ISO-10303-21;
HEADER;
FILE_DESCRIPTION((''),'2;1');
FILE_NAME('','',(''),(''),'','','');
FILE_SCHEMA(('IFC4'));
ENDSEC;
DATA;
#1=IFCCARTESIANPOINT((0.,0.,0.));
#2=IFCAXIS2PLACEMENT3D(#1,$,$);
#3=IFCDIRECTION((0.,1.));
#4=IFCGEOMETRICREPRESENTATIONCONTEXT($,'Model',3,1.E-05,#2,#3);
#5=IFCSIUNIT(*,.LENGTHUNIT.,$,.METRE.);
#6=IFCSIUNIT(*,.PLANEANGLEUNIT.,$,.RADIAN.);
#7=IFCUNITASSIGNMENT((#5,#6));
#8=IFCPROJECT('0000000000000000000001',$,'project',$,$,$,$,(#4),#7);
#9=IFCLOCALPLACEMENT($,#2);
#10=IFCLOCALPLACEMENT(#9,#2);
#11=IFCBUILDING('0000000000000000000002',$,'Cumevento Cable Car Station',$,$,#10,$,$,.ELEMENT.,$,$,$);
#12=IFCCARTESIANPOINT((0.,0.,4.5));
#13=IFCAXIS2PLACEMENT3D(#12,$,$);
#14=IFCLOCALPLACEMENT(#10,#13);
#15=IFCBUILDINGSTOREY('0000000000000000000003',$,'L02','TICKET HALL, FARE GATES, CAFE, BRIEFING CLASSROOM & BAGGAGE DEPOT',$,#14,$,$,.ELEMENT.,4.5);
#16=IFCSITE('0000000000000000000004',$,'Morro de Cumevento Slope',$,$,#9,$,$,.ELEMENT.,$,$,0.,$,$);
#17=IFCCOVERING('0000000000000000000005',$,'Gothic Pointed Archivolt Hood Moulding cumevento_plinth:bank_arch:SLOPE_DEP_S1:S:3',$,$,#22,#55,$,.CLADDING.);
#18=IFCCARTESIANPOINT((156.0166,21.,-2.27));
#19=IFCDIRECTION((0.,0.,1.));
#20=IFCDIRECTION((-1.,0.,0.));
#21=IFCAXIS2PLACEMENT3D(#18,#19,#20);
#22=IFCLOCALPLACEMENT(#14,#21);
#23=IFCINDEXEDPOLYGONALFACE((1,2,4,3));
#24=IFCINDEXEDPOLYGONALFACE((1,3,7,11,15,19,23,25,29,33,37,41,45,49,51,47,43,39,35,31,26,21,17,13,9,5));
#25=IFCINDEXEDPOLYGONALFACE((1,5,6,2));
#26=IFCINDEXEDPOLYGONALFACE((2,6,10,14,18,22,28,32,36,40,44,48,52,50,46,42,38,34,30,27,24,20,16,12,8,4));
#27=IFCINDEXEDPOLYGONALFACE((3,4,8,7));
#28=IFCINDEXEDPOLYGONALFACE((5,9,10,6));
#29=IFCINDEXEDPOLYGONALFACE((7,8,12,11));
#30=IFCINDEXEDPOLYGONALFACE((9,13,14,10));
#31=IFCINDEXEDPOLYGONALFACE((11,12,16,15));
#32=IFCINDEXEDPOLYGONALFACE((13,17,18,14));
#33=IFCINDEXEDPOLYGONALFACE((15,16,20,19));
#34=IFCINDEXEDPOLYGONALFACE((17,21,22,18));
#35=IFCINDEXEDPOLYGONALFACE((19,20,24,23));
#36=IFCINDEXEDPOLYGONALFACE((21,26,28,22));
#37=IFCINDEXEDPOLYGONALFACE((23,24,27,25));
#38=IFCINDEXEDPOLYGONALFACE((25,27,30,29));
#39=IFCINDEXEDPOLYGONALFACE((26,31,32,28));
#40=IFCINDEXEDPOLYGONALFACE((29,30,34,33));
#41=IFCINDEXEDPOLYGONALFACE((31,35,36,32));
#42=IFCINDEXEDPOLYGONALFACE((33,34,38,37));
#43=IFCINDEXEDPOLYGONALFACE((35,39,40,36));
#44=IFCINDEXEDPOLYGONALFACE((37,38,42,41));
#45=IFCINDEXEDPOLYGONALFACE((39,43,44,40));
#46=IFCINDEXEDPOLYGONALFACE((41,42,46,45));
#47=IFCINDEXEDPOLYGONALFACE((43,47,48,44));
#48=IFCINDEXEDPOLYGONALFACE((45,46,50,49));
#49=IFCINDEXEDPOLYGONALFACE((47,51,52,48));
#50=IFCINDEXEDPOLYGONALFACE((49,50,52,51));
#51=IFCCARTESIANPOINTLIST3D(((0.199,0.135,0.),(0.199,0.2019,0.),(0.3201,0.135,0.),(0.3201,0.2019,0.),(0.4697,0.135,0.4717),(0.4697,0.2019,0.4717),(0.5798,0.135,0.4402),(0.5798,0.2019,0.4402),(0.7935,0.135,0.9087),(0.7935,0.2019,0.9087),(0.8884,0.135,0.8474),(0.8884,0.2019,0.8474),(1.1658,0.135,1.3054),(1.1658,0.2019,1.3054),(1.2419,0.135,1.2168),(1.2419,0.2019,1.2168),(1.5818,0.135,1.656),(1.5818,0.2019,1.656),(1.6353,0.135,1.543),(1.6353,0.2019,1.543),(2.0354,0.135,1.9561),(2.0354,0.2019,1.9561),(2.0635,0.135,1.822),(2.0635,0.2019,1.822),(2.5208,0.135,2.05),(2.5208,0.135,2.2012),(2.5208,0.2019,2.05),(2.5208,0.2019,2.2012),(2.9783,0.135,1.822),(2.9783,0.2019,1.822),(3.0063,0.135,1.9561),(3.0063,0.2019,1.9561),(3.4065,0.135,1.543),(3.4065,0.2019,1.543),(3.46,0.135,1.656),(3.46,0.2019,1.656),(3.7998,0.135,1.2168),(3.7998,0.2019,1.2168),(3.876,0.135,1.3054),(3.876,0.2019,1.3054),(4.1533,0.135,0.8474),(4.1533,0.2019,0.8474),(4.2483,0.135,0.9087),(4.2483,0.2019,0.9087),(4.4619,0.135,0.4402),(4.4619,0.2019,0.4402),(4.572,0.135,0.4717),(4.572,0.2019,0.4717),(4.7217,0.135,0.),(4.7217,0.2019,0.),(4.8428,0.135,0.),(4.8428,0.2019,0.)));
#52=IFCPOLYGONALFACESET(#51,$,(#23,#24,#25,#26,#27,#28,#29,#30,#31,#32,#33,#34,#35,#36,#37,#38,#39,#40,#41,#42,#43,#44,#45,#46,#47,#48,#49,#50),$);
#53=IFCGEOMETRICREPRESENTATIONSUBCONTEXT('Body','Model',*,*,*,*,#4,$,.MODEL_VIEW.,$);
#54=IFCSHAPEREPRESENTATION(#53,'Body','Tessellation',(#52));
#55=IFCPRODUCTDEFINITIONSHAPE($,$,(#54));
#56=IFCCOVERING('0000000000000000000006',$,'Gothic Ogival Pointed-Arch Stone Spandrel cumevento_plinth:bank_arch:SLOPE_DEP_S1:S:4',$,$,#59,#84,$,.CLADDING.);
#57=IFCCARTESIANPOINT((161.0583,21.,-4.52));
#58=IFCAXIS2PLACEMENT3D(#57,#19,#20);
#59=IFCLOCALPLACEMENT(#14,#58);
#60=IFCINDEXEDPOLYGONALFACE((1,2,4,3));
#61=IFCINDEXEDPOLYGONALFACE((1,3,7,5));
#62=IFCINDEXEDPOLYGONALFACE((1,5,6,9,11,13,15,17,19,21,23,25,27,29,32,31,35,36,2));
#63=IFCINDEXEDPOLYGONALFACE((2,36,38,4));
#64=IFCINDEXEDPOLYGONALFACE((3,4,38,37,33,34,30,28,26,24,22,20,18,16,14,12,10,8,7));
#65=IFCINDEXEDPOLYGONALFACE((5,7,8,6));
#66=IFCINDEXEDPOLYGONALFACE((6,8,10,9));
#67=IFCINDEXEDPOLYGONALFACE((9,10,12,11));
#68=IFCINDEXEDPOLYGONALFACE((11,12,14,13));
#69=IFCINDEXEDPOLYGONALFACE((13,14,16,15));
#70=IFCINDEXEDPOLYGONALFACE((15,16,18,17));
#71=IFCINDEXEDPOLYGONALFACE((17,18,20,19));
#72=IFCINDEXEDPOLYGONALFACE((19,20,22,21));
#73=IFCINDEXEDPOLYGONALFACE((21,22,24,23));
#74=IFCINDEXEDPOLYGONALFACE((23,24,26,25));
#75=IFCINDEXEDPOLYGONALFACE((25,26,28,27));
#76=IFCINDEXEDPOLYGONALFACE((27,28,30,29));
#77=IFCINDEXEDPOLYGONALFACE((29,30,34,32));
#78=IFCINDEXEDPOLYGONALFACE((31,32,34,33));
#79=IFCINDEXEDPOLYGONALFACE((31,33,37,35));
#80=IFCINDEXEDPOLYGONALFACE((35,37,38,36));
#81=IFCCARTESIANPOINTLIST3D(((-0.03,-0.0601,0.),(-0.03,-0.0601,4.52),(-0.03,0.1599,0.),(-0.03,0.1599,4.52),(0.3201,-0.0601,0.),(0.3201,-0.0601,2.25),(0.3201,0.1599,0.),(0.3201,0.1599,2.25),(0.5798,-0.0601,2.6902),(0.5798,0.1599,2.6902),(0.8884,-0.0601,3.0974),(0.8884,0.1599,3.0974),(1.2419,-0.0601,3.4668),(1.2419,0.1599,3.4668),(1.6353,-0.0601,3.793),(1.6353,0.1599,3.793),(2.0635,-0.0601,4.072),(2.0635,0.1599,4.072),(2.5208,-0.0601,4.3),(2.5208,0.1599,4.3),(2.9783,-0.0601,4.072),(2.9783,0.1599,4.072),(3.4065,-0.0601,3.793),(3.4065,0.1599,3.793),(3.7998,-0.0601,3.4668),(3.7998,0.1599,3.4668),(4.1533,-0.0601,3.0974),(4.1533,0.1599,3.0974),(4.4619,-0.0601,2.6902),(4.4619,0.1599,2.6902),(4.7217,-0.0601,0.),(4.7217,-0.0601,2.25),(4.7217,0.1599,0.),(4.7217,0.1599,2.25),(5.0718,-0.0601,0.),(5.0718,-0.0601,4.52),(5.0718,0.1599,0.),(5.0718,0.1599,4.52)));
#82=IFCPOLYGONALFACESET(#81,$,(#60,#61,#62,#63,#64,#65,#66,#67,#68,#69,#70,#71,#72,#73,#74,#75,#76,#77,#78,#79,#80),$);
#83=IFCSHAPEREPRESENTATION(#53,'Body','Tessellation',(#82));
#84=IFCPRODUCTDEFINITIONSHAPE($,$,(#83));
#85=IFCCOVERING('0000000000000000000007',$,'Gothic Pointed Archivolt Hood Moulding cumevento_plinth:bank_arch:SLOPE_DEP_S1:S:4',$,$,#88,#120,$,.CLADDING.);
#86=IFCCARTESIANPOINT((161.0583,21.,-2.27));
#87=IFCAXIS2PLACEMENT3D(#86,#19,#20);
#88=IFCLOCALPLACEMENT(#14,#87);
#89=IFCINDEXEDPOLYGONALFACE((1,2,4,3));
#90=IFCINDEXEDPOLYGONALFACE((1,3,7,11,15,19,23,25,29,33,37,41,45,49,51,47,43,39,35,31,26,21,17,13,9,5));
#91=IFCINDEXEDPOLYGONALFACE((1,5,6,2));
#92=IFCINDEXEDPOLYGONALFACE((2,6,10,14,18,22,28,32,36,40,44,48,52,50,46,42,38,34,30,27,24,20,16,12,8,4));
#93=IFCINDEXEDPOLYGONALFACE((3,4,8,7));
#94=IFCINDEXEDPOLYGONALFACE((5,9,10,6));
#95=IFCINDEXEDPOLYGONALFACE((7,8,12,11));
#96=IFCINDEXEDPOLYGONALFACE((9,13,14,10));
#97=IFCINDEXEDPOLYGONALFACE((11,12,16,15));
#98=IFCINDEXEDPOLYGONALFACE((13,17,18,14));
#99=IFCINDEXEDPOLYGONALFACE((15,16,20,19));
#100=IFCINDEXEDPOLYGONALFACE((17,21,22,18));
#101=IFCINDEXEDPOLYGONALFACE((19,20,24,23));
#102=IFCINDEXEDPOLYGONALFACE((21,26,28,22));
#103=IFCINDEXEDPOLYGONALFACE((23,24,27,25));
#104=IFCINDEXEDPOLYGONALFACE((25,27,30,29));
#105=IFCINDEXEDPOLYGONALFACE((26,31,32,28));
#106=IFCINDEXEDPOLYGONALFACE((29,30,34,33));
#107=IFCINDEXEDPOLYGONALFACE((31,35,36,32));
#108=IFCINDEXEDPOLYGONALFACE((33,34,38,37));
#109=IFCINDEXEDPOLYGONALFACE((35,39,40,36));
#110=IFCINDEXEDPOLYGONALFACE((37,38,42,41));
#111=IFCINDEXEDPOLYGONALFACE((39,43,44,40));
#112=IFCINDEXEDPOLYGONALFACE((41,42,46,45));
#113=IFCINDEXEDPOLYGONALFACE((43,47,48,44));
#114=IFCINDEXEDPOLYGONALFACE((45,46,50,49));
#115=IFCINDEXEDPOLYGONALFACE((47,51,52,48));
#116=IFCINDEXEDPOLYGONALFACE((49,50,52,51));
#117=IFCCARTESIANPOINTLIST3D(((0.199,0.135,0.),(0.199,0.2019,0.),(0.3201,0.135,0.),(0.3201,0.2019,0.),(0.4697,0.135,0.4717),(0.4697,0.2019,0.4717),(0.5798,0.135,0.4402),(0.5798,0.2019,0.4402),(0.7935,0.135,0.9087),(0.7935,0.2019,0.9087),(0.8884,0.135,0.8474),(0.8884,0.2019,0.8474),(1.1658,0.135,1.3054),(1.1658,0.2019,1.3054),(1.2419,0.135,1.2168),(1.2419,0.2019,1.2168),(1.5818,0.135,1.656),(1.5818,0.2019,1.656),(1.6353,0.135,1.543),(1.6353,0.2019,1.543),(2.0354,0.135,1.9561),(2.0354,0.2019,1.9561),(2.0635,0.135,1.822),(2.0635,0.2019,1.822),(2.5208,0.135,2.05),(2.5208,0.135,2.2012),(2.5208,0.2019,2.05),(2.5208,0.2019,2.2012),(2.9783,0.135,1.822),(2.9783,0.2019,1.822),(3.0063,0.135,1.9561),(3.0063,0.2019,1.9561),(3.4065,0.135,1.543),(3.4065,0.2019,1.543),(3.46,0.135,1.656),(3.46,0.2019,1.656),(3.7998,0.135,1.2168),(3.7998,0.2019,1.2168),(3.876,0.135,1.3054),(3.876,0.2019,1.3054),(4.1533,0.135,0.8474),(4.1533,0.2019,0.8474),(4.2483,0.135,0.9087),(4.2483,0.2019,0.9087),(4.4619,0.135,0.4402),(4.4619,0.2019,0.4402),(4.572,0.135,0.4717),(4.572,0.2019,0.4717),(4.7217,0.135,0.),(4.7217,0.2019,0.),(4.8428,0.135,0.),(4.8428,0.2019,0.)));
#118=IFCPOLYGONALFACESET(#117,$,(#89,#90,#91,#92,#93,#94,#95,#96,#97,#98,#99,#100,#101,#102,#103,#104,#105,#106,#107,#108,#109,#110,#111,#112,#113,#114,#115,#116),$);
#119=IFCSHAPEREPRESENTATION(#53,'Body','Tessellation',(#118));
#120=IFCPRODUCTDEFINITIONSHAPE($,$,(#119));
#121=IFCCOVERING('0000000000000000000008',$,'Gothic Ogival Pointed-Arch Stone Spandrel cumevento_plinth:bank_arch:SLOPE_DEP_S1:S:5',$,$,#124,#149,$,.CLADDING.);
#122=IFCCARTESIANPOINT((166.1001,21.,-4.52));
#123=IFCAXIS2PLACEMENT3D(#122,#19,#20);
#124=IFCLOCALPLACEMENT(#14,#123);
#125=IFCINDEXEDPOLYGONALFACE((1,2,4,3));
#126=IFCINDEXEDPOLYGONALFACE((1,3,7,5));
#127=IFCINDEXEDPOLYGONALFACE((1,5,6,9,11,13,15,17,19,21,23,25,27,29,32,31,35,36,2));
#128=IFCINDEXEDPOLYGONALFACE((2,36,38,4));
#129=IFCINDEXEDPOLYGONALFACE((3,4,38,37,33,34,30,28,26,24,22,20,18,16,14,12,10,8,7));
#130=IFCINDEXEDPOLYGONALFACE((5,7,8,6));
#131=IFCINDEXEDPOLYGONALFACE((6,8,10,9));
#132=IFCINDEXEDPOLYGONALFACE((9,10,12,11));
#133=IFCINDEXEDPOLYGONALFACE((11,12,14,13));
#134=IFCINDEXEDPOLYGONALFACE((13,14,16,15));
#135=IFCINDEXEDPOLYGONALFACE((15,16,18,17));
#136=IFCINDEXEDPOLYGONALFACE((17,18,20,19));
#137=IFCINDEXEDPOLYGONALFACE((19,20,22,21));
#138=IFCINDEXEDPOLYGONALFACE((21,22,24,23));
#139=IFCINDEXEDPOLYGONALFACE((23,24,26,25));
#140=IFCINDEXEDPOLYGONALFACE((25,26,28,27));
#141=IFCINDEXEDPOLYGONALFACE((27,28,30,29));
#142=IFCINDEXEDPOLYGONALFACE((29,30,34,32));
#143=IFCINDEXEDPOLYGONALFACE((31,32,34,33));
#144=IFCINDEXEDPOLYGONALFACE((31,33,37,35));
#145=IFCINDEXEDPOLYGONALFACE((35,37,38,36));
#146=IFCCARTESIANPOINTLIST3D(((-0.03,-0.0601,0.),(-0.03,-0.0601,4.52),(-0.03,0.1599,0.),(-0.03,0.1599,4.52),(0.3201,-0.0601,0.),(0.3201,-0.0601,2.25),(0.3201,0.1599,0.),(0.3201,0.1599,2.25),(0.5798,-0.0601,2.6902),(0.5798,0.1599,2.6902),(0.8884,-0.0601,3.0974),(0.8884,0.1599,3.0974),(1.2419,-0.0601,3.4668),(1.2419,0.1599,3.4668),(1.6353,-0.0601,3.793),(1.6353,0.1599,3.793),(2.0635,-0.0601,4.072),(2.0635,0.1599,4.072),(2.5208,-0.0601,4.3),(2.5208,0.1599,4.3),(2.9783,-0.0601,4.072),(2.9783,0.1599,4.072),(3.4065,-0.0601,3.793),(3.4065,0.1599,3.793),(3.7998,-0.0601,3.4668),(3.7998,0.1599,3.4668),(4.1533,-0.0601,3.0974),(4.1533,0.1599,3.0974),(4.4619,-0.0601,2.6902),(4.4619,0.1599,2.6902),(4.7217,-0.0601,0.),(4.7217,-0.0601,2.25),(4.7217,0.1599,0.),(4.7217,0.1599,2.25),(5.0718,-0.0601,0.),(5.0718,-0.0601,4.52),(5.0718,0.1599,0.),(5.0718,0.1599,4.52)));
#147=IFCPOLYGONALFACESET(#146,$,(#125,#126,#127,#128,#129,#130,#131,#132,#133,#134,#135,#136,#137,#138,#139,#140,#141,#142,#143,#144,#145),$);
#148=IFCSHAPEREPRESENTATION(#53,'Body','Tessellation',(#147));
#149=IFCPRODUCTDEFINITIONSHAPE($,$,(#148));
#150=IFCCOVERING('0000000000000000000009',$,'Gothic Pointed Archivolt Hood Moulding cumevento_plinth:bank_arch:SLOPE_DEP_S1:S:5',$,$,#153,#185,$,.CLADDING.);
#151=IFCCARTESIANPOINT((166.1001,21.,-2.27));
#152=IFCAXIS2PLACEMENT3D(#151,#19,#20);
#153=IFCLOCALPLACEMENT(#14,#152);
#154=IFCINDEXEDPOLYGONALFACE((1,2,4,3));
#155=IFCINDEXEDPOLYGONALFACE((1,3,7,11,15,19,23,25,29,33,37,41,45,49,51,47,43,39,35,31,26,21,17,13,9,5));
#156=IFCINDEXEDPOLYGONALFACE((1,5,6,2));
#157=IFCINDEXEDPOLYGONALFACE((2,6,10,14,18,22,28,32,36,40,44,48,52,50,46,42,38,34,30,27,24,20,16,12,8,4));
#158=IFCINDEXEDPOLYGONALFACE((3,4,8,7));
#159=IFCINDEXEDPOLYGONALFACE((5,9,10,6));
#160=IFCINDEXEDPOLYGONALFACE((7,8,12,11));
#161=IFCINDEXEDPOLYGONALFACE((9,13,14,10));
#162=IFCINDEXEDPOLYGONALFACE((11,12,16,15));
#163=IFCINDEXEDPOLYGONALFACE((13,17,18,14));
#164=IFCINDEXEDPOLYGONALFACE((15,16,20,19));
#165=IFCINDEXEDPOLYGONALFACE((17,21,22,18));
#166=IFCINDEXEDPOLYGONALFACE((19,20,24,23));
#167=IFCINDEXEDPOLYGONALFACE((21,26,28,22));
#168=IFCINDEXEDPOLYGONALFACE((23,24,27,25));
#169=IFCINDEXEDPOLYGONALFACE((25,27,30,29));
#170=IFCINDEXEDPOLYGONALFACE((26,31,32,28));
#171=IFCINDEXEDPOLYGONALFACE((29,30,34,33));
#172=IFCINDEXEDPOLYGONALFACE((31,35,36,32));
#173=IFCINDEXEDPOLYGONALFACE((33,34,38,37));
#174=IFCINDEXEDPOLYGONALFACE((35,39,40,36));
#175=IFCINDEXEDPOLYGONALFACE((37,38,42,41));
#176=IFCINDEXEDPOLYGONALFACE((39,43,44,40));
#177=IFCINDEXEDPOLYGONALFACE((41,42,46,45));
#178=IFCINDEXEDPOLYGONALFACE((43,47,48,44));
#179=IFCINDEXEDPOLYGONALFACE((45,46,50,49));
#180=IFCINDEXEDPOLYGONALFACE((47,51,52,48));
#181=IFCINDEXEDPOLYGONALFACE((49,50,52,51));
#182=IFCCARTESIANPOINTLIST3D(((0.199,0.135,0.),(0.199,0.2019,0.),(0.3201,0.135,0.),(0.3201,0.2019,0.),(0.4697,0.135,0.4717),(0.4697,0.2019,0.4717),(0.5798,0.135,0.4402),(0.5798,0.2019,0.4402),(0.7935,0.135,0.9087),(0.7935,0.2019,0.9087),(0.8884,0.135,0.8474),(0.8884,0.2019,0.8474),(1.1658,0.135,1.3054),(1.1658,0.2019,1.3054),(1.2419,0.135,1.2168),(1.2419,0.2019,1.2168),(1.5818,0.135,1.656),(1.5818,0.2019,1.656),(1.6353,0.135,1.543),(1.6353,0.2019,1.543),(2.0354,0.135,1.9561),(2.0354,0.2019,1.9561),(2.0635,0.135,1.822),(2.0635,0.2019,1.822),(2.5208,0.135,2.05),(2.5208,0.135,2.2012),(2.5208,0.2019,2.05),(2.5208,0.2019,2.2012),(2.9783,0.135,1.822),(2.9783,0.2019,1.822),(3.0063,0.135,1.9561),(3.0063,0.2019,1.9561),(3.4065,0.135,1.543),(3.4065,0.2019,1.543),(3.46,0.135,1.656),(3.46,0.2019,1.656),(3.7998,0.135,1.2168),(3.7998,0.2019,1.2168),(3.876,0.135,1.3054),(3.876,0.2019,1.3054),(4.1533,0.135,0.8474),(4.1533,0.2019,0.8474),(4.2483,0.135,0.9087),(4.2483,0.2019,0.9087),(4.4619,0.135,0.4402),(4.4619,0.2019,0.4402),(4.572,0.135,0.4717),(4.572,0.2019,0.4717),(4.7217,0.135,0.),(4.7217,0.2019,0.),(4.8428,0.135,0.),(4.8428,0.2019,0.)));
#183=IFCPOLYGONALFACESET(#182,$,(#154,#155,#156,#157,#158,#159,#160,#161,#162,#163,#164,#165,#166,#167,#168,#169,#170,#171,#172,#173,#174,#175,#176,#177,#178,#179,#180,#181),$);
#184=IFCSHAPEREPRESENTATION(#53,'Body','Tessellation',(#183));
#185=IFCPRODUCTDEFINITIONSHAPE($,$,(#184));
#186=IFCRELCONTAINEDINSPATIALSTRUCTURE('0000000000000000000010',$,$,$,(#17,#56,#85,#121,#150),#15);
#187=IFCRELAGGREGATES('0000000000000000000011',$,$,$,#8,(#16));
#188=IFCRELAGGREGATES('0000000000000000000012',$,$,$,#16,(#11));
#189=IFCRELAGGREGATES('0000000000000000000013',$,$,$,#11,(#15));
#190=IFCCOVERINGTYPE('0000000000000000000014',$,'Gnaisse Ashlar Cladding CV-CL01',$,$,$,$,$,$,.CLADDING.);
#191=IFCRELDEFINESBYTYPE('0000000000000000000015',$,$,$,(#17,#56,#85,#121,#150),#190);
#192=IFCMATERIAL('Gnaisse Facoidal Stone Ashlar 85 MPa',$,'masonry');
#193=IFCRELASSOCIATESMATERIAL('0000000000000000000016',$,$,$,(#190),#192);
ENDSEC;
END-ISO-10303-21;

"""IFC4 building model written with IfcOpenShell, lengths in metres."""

from ifc_helpers import new_model, si_unit, direction, frame, origin, place, context, subcontext, project, spatial, polyline, outline, extrude, material, type_object, element, save


model = new_model("IFC4")

# Units and contexts
model_context = context("Model", 3, precision=1e-05, world=origin(), true_north=direction((0.0, 1.0)))
body_context = subcontext(model_context, "Body", "Model", "MODEL_VIEW")
ifc_project = project(units=[si_unit("LENGTHUNIT", "METRE"), si_unit("PLANEANGLEUNIT", "RADIAN")], contexts=[model_context])

# Site, building, storey
site_placement = place(None, origin())
site = spatial("IfcSite", under=ifc_project, at=site_placement, Name="Morro de Cumevento Slope", CompositionType="ELEMENT", RefElevation=0.0)
building_placement = place(site_placement, origin())
building = spatial("IfcBuilding", under=site, at=building_placement, Name="Cumevento Cable Car Station", CompositionType="ELEMENT")
storey_placement = place(building_placement, frame((0.0, 0.0, 4.5)))
storey = spatial("IfcBuildingStorey", under=building, at=storey_placement, Name="L02", Description="TICKET HALL, FARE GATES, CAFE, BRIEFING CLASSROOM & BAGGAGE DEPOT", CompositionType="ELEMENT", Elevation=4.5)

# Coverings
ifc_material_1 = material(Name="Gnaisse Facoidal Stone Ashlar 85 MPa", Category="masonry")
covering_type = type_object("IfcCoveringType", Name="Gnaisse Ashlar Cladding CV-CL01", PredefinedType="CLADDING", material=ifc_material_1)
covering_1_placement = place(storey_placement, frame((156.0166, 21.0, -2.27), z_axis=(0.0, 0.0, 1.0), x_axis=(-1.0, 0.0, 0.0)))
element("IfcCovering", 1, at=covering_1_placement, inside=storey, type_object=covering_type, Name="Gothic Pointed Archivolt Hood Moulding cumevento_plinth:bank_arch:SLOPE_DEP_S1:S:3", PredefinedType="CLADDING", context=body_context, shape_type="SweptSolid", body=[
    extrude(outline(polyline([(0.3201, 0.0), (0.5798, 0.4402), (0.8884, 0.8474), (1.2419, 1.2168), (1.6353, 1.543), (2.0635, 1.822), (2.5208, 2.05), (2.9783, 1.822), (3.4065, 1.543), (3.7998, 1.2168), (4.1533, 0.8474), (4.4619, 0.4402), (4.7217, 0.0), (4.8428, 0.0), (4.572, 0.4717), (4.2483, 0.9087), (3.876, 1.3054), (3.46, 1.656), (3.0063, 1.9561), (2.5208, 2.2012), (2.0354, 1.9561), (1.5818, 1.656), (1.1658, 1.3054), (0.7935, 0.9087), (0.4697, 0.4717), (0.199, 0.0), (0.3201, 0.0)])), frame((0.0, 0.2019, 0.0), z_axis=(0.0, -1.0, 0.0), x_axis=(1.0, 0.0, 0.0)), (0.0, 0.0, 1.0), 0.0669),
])
covering_2_placement = place(storey_placement, frame((161.0583, 21.0, -4.52), z_axis=(0.0, 0.0, 1.0), x_axis=(-1.0, 0.0, 0.0)))
element("IfcCovering", 2, at=covering_2_placement, inside=storey, type_object=covering_type, Name="Gothic Ogival Pointed-Arch Stone Spandrel cumevento_plinth:bank_arch:SLOPE_DEP_S1:S:4", PredefinedType="CLADDING", context=body_context, shape_type="SweptSolid", body=[
    extrude(outline(polyline([(-0.03, 0.0), (-0.03, 4.52), (5.0718, 4.52), (5.0718, 0.0), (4.7217, 0.0), (4.7217, 2.25), (4.4619, 2.6902), (4.1533, 3.0974), (3.7998, 3.4668), (3.4065, 3.793), (2.9783, 4.072), (2.5208, 4.3), (2.0635, 4.072), (1.6353, 3.793), (1.2419, 3.4668), (0.8884, 3.0974), (0.5798, 2.6902), (0.3201, 2.25), (0.3201, 0.0), (-0.03, 0.0)])), frame((0.0, 0.1599, 0.0), z_axis=(0.0, -1.0, 0.0), x_axis=(1.0, 0.0, 0.0)), (0.0, 0.0, 1.0), 0.22),
])
covering_3_placement = place(storey_placement, frame((161.0583, 21.0, -2.27), z_axis=(0.0, 0.0, 1.0), x_axis=(-1.0, 0.0, 0.0)))
element("IfcCovering", 3, at=covering_3_placement, inside=storey, type_object=covering_type, Name="Gothic Pointed Archivolt Hood Moulding cumevento_plinth:bank_arch:SLOPE_DEP_S1:S:4", PredefinedType="CLADDING", context=body_context, shape_type="SweptSolid", body=[
    extrude(outline(polyline([(0.3201, 0.0), (0.5798, 0.4402), (0.8884, 0.8474), (1.2419, 1.2168), (1.6353, 1.543), (2.0635, 1.822), (2.5208, 2.05), (2.9783, 1.822), (3.4065, 1.543), (3.7998, 1.2168), (4.1533, 0.8474), (4.4619, 0.4402), (4.7217, 0.0), (4.8428, 0.0), (4.572, 0.4717), (4.2483, 0.9087), (3.876, 1.3054), (3.46, 1.656), (3.0063, 1.9561), (2.5208, 2.2012), (2.0354, 1.9561), (1.5818, 1.656), (1.1658, 1.3054), (0.7935, 0.9087), (0.4697, 0.4717), (0.199, 0.0), (0.3201, 0.0)])), frame((0.0, 0.2019, 0.0), z_axis=(0.0, -1.0, 0.0), x_axis=(1.0, 0.0, 0.0)), (0.0, 0.0, 1.0), 0.0669),
])
covering_4_placement = place(storey_placement, frame((166.1001, 21.0, -4.52), z_axis=(0.0, 0.0, 1.0), x_axis=(-1.0, 0.0, 0.0)))
element("IfcCovering", 4, at=covering_4_placement, inside=storey, type_object=covering_type, Name="Gothic Ogival Pointed-Arch Stone Spandrel cumevento_plinth:bank_arch:SLOPE_DEP_S1:S:5", PredefinedType="CLADDING", context=body_context, shape_type="SweptSolid", body=[
    extrude(outline(polyline([(-0.03, 0.0), (-0.03, 4.52), (5.0718, 4.52), (5.0718, 0.0), (4.7217, 0.0), (4.7217, 2.25), (4.4619, 2.6902), (4.1533, 3.0974), (3.7998, 3.4668), (3.4065, 3.793), (2.9783, 4.072), (2.5208, 4.3), (2.0635, 4.072), (1.6353, 3.793), (1.2419, 3.4668), (0.8884, 3.0974), (0.5798, 2.6902), (0.3201, 2.25), (0.3201, 0.0), (-0.03, 0.0)])), frame((0.0, 0.1599, 0.0), z_axis=(0.0, -1.0, 0.0), x_axis=(1.0, 0.0, 0.0)), (0.0, 0.0, 1.0), 0.22),
])
covering_5_placement = place(storey_placement, frame((166.1001, 21.0, -2.27), z_axis=(0.0, 0.0, 1.0), x_axis=(-1.0, 0.0, 0.0)))
element("IfcCovering", 5, at=covering_5_placement, inside=storey, type_object=covering_type, Name="Gothic Pointed Archivolt Hood Moulding cumevento_plinth:bank_arch:SLOPE_DEP_S1:S:5", PredefinedType="CLADDING", context=body_context, shape_type="SweptSolid", body=[
    extrude(outline(polyline([(0.3201, 0.0), (0.5798, 0.4402), (0.8884, 0.8474), (1.2419, 1.2168), (1.6353, 1.543), (2.0635, 1.822), (2.5208, 2.05), (2.9783, 1.822), (3.4065, 1.543), (3.7998, 1.2168), (4.1533, 0.8474), (4.4619, 0.4402), (4.7217, 0.0), (4.8428, 0.0), (4.572, 0.4717), (4.2483, 0.9087), (3.876, 1.3054), (3.46, 1.656), (3.0063, 1.9561), (2.5208, 2.2012), (2.0354, 1.9561), (1.5818, 1.656), (1.1658, 1.3054), (0.7935, 0.9087), (0.4697, 0.4717), (0.199, 0.0), (0.3201, 0.0)])), frame((0.0, 0.2019, 0.0), z_axis=(0.0, -1.0, 0.0), x_axis=(1.0, 0.0, 0.0)), (0.0, 0.0, 1.0), 0.0669),
])

save(model, "model.ifc")
